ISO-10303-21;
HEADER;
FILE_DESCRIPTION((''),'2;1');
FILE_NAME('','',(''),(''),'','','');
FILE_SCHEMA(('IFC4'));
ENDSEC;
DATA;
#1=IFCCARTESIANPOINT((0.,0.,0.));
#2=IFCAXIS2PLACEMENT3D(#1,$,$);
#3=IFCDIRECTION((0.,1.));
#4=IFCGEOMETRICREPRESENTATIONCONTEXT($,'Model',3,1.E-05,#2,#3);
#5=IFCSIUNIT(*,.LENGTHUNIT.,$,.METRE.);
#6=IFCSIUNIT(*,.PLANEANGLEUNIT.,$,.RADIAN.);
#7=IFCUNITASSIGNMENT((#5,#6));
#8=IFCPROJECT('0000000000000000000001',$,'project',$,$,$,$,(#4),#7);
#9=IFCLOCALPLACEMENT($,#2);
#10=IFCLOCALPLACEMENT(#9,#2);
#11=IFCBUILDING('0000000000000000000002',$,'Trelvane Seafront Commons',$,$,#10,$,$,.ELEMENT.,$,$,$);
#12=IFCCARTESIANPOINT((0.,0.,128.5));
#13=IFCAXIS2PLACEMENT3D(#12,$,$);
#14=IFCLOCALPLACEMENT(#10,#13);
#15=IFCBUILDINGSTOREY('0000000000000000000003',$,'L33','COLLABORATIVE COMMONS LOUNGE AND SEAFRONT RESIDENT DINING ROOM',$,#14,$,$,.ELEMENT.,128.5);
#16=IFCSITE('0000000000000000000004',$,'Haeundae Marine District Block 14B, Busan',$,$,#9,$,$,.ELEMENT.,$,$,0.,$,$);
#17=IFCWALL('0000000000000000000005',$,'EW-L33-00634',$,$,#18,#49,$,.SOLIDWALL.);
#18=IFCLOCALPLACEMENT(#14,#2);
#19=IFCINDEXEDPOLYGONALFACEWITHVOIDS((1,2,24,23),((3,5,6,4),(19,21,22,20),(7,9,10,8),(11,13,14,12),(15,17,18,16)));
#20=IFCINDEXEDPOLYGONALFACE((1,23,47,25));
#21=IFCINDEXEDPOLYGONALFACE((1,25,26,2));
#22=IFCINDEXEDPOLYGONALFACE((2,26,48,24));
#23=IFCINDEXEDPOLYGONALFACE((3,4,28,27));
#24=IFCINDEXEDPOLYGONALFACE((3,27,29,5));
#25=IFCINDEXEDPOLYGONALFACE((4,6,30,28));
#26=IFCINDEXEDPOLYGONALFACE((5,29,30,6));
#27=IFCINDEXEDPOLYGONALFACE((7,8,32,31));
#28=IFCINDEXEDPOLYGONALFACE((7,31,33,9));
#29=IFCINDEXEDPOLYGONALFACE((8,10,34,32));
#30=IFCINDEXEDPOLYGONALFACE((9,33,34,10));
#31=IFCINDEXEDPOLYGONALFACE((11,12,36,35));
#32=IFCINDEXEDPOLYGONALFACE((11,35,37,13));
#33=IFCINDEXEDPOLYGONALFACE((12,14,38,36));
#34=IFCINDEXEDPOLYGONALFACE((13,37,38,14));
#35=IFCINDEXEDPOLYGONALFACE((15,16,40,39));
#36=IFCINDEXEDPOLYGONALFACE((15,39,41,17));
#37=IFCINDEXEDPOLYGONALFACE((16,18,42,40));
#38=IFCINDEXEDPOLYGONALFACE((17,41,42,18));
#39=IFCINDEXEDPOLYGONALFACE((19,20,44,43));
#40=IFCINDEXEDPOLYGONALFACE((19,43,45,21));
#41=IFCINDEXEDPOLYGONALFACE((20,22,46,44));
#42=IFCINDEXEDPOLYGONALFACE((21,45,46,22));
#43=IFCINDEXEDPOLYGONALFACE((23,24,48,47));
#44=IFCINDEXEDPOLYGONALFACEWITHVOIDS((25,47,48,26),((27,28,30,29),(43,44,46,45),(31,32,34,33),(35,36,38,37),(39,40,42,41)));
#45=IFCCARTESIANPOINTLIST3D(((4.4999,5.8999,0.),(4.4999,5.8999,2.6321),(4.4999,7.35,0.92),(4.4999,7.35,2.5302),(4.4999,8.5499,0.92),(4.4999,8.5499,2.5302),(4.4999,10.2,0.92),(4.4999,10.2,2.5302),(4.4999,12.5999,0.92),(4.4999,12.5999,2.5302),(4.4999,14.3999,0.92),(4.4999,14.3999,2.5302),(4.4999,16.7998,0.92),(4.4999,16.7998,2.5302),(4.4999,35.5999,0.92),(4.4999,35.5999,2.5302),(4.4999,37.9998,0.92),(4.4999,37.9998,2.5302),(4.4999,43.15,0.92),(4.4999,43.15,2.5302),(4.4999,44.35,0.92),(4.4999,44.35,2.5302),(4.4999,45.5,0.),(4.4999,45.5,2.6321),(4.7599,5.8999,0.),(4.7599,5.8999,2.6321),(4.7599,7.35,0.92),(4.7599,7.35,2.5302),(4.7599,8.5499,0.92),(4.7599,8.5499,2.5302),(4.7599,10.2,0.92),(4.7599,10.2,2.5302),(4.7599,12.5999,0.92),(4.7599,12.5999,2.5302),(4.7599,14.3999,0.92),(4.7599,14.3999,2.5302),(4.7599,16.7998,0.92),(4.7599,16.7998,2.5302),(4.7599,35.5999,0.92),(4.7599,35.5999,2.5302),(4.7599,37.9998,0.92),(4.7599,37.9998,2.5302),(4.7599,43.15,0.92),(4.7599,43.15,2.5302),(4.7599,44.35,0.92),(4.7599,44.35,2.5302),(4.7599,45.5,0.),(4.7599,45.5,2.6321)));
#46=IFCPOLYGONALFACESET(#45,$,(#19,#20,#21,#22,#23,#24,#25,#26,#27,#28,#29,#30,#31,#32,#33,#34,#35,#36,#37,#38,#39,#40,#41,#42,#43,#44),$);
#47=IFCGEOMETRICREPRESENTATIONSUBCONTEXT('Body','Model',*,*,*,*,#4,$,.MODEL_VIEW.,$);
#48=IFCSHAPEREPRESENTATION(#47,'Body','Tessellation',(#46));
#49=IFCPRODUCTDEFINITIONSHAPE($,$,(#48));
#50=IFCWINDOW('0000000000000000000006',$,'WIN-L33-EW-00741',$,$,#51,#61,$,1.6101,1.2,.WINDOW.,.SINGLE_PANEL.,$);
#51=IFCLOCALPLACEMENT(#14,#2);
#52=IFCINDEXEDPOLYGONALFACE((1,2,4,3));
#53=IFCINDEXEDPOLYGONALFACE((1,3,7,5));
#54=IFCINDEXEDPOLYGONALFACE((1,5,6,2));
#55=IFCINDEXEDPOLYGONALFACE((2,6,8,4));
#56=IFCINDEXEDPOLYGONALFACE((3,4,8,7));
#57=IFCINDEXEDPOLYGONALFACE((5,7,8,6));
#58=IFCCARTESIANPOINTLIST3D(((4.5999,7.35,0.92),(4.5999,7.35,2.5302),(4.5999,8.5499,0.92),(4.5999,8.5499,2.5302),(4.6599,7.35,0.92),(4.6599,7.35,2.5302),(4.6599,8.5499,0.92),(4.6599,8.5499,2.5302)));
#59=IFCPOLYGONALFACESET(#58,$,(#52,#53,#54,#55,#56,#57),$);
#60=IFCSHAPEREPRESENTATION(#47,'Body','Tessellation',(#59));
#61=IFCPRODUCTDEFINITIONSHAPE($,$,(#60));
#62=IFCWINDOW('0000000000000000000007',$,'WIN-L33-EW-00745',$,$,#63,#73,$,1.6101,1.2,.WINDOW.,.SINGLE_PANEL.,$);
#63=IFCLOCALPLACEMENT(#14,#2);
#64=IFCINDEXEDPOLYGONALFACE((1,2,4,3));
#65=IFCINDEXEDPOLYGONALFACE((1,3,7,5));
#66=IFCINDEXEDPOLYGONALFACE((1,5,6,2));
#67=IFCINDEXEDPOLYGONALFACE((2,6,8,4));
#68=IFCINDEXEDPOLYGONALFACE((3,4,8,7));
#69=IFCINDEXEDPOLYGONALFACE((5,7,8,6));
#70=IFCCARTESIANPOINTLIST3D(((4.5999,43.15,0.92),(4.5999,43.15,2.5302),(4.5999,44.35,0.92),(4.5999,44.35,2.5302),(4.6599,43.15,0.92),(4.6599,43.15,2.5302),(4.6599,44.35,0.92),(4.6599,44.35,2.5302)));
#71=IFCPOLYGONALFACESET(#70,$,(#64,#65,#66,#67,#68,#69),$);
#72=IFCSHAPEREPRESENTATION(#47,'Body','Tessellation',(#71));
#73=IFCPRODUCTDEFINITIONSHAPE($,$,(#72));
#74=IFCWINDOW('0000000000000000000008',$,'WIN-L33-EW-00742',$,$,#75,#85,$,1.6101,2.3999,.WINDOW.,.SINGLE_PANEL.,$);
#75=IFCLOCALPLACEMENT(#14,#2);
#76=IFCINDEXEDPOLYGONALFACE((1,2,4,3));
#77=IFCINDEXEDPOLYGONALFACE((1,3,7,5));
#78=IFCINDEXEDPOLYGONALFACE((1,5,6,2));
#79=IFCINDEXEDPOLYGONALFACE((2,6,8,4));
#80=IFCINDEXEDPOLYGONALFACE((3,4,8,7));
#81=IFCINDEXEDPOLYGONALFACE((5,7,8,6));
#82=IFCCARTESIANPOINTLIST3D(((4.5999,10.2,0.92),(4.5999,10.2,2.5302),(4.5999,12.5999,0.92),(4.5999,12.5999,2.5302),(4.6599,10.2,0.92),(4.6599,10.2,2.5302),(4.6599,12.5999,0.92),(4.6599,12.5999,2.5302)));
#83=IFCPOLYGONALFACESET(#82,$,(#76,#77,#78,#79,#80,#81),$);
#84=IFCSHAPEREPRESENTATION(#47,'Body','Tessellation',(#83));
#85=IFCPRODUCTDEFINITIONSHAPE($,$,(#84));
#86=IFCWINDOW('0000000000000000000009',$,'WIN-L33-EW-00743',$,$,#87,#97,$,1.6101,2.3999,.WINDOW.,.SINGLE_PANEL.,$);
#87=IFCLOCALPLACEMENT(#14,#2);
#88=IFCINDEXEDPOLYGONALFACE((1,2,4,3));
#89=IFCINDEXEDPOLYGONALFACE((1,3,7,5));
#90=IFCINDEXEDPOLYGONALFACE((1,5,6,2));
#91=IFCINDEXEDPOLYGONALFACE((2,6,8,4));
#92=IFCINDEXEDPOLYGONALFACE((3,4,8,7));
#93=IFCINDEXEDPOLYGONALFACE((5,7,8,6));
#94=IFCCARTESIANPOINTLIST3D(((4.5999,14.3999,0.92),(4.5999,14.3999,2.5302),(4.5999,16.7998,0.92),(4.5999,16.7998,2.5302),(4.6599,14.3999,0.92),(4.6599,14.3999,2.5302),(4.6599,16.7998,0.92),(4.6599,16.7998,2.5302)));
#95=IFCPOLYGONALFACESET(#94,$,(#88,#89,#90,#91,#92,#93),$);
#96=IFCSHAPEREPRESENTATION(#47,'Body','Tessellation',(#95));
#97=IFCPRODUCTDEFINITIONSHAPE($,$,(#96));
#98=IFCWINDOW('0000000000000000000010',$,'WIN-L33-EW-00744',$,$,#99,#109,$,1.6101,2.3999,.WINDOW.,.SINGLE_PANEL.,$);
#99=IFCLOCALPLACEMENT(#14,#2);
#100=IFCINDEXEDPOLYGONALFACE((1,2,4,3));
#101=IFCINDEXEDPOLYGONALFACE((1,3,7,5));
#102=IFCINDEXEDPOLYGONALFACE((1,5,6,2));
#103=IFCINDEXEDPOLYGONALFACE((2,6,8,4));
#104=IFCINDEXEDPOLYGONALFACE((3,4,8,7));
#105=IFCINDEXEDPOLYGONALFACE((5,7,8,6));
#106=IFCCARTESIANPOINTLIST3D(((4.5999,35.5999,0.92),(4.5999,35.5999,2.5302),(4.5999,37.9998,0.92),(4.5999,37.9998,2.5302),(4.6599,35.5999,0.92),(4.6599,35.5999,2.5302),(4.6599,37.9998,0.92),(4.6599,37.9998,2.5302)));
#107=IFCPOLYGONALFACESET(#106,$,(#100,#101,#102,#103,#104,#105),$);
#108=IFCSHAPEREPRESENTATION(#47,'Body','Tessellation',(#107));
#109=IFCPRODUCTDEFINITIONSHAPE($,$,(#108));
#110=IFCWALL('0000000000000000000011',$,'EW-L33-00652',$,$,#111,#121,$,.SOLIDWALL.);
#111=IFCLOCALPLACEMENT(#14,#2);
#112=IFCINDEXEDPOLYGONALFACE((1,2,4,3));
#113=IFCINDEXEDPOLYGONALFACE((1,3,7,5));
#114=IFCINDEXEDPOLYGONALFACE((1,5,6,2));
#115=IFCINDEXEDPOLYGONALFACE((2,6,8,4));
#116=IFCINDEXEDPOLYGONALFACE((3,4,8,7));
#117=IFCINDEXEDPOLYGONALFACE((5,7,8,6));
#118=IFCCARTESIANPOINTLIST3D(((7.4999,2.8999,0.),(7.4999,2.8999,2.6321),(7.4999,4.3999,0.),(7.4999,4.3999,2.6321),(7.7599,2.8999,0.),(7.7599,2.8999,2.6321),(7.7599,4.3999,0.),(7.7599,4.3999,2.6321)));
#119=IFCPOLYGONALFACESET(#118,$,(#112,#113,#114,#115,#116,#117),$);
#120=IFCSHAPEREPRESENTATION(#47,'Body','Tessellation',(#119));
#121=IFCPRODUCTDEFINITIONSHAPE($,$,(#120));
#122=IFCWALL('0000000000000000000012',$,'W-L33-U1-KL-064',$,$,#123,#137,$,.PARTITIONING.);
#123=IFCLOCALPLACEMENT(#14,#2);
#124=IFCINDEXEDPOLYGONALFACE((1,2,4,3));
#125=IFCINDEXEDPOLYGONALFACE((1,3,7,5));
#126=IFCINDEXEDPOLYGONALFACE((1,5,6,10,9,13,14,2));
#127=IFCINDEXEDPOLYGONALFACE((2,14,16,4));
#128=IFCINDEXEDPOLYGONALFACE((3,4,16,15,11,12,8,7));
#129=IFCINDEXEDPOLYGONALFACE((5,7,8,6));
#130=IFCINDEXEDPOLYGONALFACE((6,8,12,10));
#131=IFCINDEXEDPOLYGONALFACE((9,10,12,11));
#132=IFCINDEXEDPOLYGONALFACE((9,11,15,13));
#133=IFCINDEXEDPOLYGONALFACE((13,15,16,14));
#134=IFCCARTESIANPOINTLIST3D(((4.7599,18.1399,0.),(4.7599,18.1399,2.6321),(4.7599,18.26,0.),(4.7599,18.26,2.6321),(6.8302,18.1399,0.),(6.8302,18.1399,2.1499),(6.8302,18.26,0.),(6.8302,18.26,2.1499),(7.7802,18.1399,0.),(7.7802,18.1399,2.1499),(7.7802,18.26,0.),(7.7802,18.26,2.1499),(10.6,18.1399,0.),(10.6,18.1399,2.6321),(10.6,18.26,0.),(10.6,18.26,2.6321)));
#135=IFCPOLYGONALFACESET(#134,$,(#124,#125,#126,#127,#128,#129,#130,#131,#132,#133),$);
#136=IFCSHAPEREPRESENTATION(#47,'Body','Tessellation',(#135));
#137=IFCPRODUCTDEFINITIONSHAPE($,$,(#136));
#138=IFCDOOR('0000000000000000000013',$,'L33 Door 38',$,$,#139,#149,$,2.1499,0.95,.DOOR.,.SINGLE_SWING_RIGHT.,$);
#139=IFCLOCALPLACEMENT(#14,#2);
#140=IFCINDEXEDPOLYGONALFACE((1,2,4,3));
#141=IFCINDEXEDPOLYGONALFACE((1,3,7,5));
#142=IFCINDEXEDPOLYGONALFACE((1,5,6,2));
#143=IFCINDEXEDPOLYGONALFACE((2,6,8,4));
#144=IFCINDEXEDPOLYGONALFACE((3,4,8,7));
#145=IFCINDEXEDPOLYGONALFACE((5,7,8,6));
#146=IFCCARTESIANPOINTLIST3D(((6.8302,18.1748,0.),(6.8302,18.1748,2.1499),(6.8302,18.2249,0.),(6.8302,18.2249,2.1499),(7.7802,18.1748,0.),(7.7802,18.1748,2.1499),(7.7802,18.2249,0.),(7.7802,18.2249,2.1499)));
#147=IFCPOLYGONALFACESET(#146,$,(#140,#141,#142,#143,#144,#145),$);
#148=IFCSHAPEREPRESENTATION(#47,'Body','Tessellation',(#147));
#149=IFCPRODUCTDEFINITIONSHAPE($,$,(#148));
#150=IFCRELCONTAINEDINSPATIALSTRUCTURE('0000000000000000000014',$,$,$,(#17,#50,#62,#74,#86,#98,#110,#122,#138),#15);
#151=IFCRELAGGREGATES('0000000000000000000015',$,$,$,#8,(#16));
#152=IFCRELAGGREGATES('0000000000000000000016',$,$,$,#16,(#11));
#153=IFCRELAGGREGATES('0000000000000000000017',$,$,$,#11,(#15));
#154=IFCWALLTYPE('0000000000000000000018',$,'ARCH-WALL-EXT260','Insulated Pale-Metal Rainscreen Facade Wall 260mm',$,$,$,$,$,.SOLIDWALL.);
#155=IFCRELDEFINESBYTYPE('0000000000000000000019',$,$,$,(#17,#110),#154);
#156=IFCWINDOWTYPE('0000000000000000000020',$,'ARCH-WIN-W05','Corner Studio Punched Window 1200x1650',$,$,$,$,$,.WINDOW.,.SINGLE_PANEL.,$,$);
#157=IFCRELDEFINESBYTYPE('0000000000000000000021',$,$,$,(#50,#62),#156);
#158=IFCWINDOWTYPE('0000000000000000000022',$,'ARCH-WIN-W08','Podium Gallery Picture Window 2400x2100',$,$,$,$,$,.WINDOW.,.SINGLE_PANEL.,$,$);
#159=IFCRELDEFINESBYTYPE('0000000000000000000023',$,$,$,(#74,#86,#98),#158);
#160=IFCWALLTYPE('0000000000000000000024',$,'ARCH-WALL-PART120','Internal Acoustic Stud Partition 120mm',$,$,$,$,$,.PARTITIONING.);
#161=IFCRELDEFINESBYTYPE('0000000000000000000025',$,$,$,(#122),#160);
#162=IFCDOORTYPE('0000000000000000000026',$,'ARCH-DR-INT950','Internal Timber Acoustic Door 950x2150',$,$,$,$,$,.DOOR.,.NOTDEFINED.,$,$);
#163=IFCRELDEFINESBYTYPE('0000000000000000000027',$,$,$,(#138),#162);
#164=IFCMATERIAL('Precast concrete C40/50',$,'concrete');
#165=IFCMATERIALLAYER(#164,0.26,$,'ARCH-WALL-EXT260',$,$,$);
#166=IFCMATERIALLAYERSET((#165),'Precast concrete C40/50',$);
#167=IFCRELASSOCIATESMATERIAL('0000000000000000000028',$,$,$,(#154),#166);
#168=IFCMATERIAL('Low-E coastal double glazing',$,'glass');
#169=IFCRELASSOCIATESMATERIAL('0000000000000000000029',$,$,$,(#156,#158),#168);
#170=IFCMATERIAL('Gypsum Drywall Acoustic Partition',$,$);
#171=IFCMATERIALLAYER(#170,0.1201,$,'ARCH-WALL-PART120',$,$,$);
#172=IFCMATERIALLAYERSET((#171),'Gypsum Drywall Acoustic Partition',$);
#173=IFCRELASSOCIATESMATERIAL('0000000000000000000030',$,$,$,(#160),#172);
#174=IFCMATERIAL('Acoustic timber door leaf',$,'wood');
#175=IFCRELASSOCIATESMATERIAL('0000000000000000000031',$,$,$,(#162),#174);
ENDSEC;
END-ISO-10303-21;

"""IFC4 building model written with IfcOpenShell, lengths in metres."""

from ifc_helpers import new_model, si_unit, direction, frame, frame_2d, origin, place, context, subcontext, project, spatial, rectangle, extrude, source, transform, mapped, material, layer, layer_set, type_object, element, fill, save


model = new_model("IFC4")

# Units and contexts
model_context = context("Model", 3, precision=1e-05, world=origin(), true_north=direction((0.0, 1.0)))
body_context = subcontext(model_context, "Body", "Model", "MODEL_VIEW")
ifc_project = project(units=[si_unit("LENGTHUNIT", "METRE"), si_unit("PLANEANGLEUNIT", "RADIAN")], contexts=[model_context])

# Site, building, storey
site_placement = place(None, origin())
site = spatial("IfcSite", under=ifc_project, at=site_placement, Name="Haeundae Marine District Block 14B, Busan", CompositionType="ELEMENT", RefElevation=0.0)
building_placement = place(site_placement, origin())
building = spatial("IfcBuilding", under=site, at=building_placement, Name="Trelvane Seafront Commons", CompositionType="ELEMENT")
storey_placement = place(building_placement, frame((0.0, 0.0, 128.5)))
storey = spatial("IfcBuildingStorey", under=building, at=storey_placement, Name="L33", Description="COLLABORATIVE COMMONS LOUNGE AND SEAFRONT RESIDENT DINING ROOM", CompositionType="ELEMENT", Elevation=128.5)

# Shared definitions
ifc_material_1 = material(Name="Precast concrete C40/50", Category="concrete")
ifc_layer_1 = layer(ifc_material_1, 0.26, Name="ARCH-WALL-EXT260")
ifc_layer_set_1 = layer_set([ifc_layer_1], Name="Precast concrete C40/50")
wall_type_1 = type_object("IfcWallType", Name="ARCH-WALL-EXT260", Description="Insulated Pale-Metal Rainscreen Facade Wall 260mm", PredefinedType="SOLIDWALL", material=ifc_layer_set_1)

# Wall, openings, windows
wall_1_placement = place(storey_placement, frame((4.6299, 5.8999, 0.0), z_axis=(0.0, 0.0, 1.0), x_axis=(0.0, 1.0, 0.0)))
wall_1 = element("IfcWall", 1, at=wall_1_placement, inside=storey, type_object=wall_type_1, Name="EW-L33-00634", PredefinedType="SOLIDWALL", context=body_context, shape_type="SweptSolid", body=[
    extrude(rectangle(XDim=39.6001, YDim=0.26, at=frame_2d((19.8, 0.0))), origin(), (0.0, 0.0, 1.0), 2.6321),
])
opening_1_placement = place(wall_1_placement, frame((1.45, 0.0, 0.9199)))
opening_1 = element("IfcOpeningElement", 2, at=opening_1_placement, cuts=wall_1, PredefinedType="OPENING", context=body_context, shape_type="SweptSolid", body=[
    extrude(rectangle(XDim=1.2, YDim=1.6101, at=frame_2d((0.6001, 0.8052))), frame((0.0, 0.1399, 0.0), z_axis=(0.0, -1.0, 0.0), x_axis=(1.0, 0.0, 0.0)), (0.0, 0.0, 1.0), 0.28),
])
opening_2_placement = place(wall_1_placement, frame((4.3, 0.0, 0.9199)))
opening_2 = element("IfcOpeningElement", 3, at=opening_2_placement, cuts=wall_1, PredefinedType="OPENING", context=body_context, shape_type="SweptSolid", body=[
    extrude(rectangle(XDim=2.3999, YDim=1.6101, at=frame_2d((1.2, 0.8052))), frame((0.0, 0.1399, 0.0), z_axis=(0.0, -1.0, 0.0), x_axis=(1.0, 0.0, 0.0)), (0.0, 0.0, 1.0), 0.28),
])
opening_3_placement = place(wall_1_placement, frame((8.5, 0.0, 0.9199)))
opening_3 = element("IfcOpeningElement", 4, at=opening_3_placement, cuts=wall_1, PredefinedType="OPENING", context=body_context, shape_type="SweptSolid", body=[
    extrude(rectangle(XDim=2.3999, YDim=1.6101, at=frame_2d((1.2, 0.8052))), frame((0.0, 0.1399, 0.0), z_axis=(0.0, -1.0, 0.0), x_axis=(1.0, 0.0, 0.0)), (0.0, 0.0, 1.0), 0.28),
])
opening_4_placement = place(wall_1_placement, frame((29.7, 0.0, 0.9199)))
opening_4 = element("IfcOpeningElement", 5, at=opening_4_placement, cuts=wall_1, PredefinedType="OPENING", context=body_context, shape_type="SweptSolid", body=[
    extrude(rectangle(XDim=2.3999, YDim=1.6101, at=frame_2d((1.2, 0.8052))), frame((0.0, 0.1399, 0.0), z_axis=(0.0, -1.0, 0.0), x_axis=(1.0, 0.0, 0.0)), (0.0, 0.0, 1.0), 0.28),
])
opening_5_placement = place(wall_1_placement, frame((37.25, 0.0, 0.9199)))
opening_5 = element("IfcOpeningElement", 6, at=opening_5_placement, cuts=wall_1, PredefinedType="OPENING", context=body_context, shape_type="SweptSolid", body=[
    extrude(rectangle(XDim=1.2, YDim=1.6101, at=frame_2d((0.6001, 0.8052))), frame((0.0, 0.1399, 0.0), z_axis=(0.0, -1.0, 0.0), x_axis=(1.0, 0.0, 0.0)), (0.0, 0.0, 1.0), 0.28),
])
ifc_material_2 = material(Name="Low-E coastal double glazing", Category="glass")
window_type_1 = type_object("IfcWindowType", Name="ARCH-WIN-W05", Description="Corner Studio Punched Window 1200x1650", PartitioningType="SINGLE_PANEL", PredefinedType="WINDOW", material=ifc_material_2)
shared_shape_1 = source(origin(), body_context, "Body", "SweptSolid", [
    extrude(rectangle(XDim=1.2, YDim=1.6101, at=frame_2d((0.6001, 0.8052))), frame((0.0, 0.03, 0.0), z_axis=(0.0, -1.0, 0.0), x_axis=(1.0, 0.0, 0.0)), (0.0, 0.0, 1.0), 0.0601),
])
window_1_placement = place(opening_1_placement, origin())
window_1 = element("IfcWindow", 7, at=window_1_placement, inside=storey, type_object=window_type_1, Name="WIN-L33-EW-00741", OverallHeight=1.6101, OverallWidth=1.2, PartitioningType="SINGLE_PANEL", PredefinedType="WINDOW", context=body_context, shape_type="MappedRepresentation", body=[
    mapped(shared_shape_1, transform((0.0, 0.0, 0.0), x_axis=(1.0, 0.0, 0.0), y_axis=(0.0, 1.0, 0.0), z_axis=(0.0, 0.0, 1.0), scale=1.0)),
])
fill(opening_1, window_1)
window_2_placement = place(opening_5_placement, origin())
window_2 = element("IfcWindow", 8, at=window_2_placement, inside=storey, type_object=window_type_1, Name="WIN-L33-EW-00745", OverallHeight=1.6101, OverallWidth=1.2, PartitioningType="SINGLE_PANEL", PredefinedType="WINDOW", context=body_context, shape_type="MappedRepresentation", body=[
    mapped(shared_shape_1, transform((0.0, 0.0, 0.0), x_axis=(1.0, 0.0, 0.0), y_axis=(0.0, 1.0, 0.0), z_axis=(0.0, 0.0, 1.0), scale=1.0)),
])
fill(opening_5, window_2)
window_type_2 = type_object("IfcWindowType", Name="ARCH-WIN-W08", Description="Podium Gallery Picture Window 2400x2100", PartitioningType="SINGLE_PANEL", PredefinedType="WINDOW", material=ifc_material_2)
shared_shape_2 = source(origin(), body_context, "Body", "SweptSolid", [
    extrude(rectangle(XDim=2.3999, YDim=1.6101, at=frame_2d((1.2, 0.8052))), frame((0.0, 0.03, 0.0), z_axis=(0.0, -1.0, 0.0), x_axis=(1.0, 0.0, 0.0)), (0.0, 0.0, 1.0), 0.0601),
])
window_3_placement = place(opening_2_placement, origin())
window_3 = element("IfcWindow", 9, at=window_3_placement, inside=storey, type_object=window_type_2, Name="WIN-L33-EW-00742", OverallHeight=1.6101, OverallWidth=2.3999, PartitioningType="SINGLE_PANEL", PredefinedType="WINDOW", context=body_context, shape_type="MappedRepresentation", body=[
    mapped(shared_shape_2, transform((0.0, 0.0, 0.0), x_axis=(1.0, 0.0, 0.0), y_axis=(0.0, 1.0, 0.0), z_axis=(0.0, 0.0, 1.0), scale=1.0)),
])
fill(opening_2, window_3)
window_4_placement = place(opening_3_placement, origin())
window_4 = element("IfcWindow", 10, at=window_4_placement, inside=storey, type_object=window_type_2, Name="WIN-L33-EW-00743", OverallHeight=1.6101, OverallWidth=2.3999, PartitioningType="SINGLE_PANEL", PredefinedType="WINDOW", context=body_context, shape_type="MappedRepresentation", body=[
    mapped(shared_shape_2, transform((0.0, 0.0, 0.0), x_axis=(1.0, 0.0, 0.0), y_axis=(0.0, 1.0, 0.0), z_axis=(0.0, 0.0, 1.0), scale=1.0)),
])
fill(opening_3, window_4)
window_5_placement = place(opening_4_placement, origin())
window_5 = element("IfcWindow", 11, at=window_5_placement, inside=storey, type_object=window_type_2, Name="WIN-L33-EW-00744", OverallHeight=1.6101, OverallWidth=2.3999, PartitioningType="SINGLE_PANEL", PredefinedType="WINDOW", context=body_context, shape_type="MappedRepresentation", body=[
    mapped(shared_shape_2, transform((0.0, 0.0, 0.0), x_axis=(1.0, 0.0, 0.0), y_axis=(0.0, 1.0, 0.0), z_axis=(0.0, 0.0, 1.0), scale=1.0)),
])
fill(opening_4, window_5)

# Wall
wall_2_placement = place(storey_placement, frame((7.6299, 2.8999, 0.0), z_axis=(0.0, 0.0, 1.0), x_axis=(0.0, 1.0, 0.0)))
element("IfcWall", 12, at=wall_2_placement, inside=storey, type_object=wall_type_1, Name="EW-L33-00652", PredefinedType="SOLIDWALL", context=body_context, shape_type="SweptSolid", body=[
    extrude(rectangle(XDim=1.5, YDim=0.26, at=frame_2d((0.75, 0.0))), origin(), (0.0, 0.0, 1.0), 2.6321),
])

# Wall, opening, door
ifc_material_3 = material(Name="Gypsum Drywall Acoustic Partition")
ifc_layer_2 = layer(ifc_material_3, 0.1201, Name="ARCH-WALL-PART120")
ifc_layer_set_2 = layer_set([ifc_layer_2], Name="Gypsum Drywall Acoustic Partition")
wall_type_2 = type_object("IfcWallType", Name="ARCH-WALL-PART120", Description="Internal Acoustic Stud Partition 120mm", PredefinedType="PARTITIONING", material=ifc_layer_set_2)
wall_3_placement = place(storey_placement, frame((4.76, 18.2, 0.0), z_axis=(0.0, 0.0, 1.0), x_axis=(1.0, 0.0, 0.0)))
wall_3 = element("IfcWall", 13, at=wall_3_placement, inside=storey, type_object=wall_type_2, Name="W-L33-U1-KL-064", PredefinedType="PARTITIONING", context=body_context, shape_type="SweptSolid", body=[
    extrude(rectangle(XDim=5.8401, YDim=0.1201, at=frame_2d((2.9199, 0.0))), origin(), (0.0, 0.0, 1.0), 2.6321),
])
opening_6_placement = place(wall_3_placement, frame((2.0701, 0.0, 0.0)))
opening_6 = element("IfcOpeningElement", 14, at=opening_6_placement, cuts=wall_3, PredefinedType="OPENING", context=body_context, shape_type="SweptSolid", body=[
    extrude(rectangle(XDim=0.95, YDim=2.1499, at=frame_2d((0.4751, 1.075))), frame((0.0, 0.0701, 0.0), z_axis=(0.0, -1.0, 0.0), x_axis=(1.0, 0.0, 0.0)), (0.0, 0.0, 1.0), 0.1401),
])
ifc_material_4 = material(Name="Acoustic timber door leaf", Category="wood")
door_type = type_object("IfcDoorType", Name="ARCH-DR-INT950", Description="Internal Timber Acoustic Door 950x2150", OperationType="NOTDEFINED", PredefinedType="DOOR", material=ifc_material_4)
shared_shape_3 = source(origin(), body_context, "Body", "SweptSolid", [
    extrude(rectangle(XDim=0.95, YDim=2.1499, at=frame_2d((0.4751, 1.075))), frame((0.0, 0.0249, 0.0), z_axis=(0.0, -1.0, 0.0), x_axis=(1.0, 0.0, 0.0)), (0.0, 0.0, 1.0), 0.05),
])
door_1_placement = place(opening_6_placement, origin())
door_1 = element("IfcDoor", 15, at=door_1_placement, inside=storey, type_object=door_type, Name="L33 Door 38", OperationType="SINGLE_SWING_RIGHT", OverallHeight=2.1499, OverallWidth=0.95, PredefinedType="DOOR", context=body_context, shape_type="MappedRepresentation", body=[
    mapped(shared_shape_3, transform((0.0, 0.0, 0.0), x_axis=(1.0, 0.0, 0.0), y_axis=(0.0, 1.0, 0.0), z_axis=(0.0, 0.0, 1.0), scale=1.0)),
])
fill(opening_6, door_1)

save(model, "model.ifc")
